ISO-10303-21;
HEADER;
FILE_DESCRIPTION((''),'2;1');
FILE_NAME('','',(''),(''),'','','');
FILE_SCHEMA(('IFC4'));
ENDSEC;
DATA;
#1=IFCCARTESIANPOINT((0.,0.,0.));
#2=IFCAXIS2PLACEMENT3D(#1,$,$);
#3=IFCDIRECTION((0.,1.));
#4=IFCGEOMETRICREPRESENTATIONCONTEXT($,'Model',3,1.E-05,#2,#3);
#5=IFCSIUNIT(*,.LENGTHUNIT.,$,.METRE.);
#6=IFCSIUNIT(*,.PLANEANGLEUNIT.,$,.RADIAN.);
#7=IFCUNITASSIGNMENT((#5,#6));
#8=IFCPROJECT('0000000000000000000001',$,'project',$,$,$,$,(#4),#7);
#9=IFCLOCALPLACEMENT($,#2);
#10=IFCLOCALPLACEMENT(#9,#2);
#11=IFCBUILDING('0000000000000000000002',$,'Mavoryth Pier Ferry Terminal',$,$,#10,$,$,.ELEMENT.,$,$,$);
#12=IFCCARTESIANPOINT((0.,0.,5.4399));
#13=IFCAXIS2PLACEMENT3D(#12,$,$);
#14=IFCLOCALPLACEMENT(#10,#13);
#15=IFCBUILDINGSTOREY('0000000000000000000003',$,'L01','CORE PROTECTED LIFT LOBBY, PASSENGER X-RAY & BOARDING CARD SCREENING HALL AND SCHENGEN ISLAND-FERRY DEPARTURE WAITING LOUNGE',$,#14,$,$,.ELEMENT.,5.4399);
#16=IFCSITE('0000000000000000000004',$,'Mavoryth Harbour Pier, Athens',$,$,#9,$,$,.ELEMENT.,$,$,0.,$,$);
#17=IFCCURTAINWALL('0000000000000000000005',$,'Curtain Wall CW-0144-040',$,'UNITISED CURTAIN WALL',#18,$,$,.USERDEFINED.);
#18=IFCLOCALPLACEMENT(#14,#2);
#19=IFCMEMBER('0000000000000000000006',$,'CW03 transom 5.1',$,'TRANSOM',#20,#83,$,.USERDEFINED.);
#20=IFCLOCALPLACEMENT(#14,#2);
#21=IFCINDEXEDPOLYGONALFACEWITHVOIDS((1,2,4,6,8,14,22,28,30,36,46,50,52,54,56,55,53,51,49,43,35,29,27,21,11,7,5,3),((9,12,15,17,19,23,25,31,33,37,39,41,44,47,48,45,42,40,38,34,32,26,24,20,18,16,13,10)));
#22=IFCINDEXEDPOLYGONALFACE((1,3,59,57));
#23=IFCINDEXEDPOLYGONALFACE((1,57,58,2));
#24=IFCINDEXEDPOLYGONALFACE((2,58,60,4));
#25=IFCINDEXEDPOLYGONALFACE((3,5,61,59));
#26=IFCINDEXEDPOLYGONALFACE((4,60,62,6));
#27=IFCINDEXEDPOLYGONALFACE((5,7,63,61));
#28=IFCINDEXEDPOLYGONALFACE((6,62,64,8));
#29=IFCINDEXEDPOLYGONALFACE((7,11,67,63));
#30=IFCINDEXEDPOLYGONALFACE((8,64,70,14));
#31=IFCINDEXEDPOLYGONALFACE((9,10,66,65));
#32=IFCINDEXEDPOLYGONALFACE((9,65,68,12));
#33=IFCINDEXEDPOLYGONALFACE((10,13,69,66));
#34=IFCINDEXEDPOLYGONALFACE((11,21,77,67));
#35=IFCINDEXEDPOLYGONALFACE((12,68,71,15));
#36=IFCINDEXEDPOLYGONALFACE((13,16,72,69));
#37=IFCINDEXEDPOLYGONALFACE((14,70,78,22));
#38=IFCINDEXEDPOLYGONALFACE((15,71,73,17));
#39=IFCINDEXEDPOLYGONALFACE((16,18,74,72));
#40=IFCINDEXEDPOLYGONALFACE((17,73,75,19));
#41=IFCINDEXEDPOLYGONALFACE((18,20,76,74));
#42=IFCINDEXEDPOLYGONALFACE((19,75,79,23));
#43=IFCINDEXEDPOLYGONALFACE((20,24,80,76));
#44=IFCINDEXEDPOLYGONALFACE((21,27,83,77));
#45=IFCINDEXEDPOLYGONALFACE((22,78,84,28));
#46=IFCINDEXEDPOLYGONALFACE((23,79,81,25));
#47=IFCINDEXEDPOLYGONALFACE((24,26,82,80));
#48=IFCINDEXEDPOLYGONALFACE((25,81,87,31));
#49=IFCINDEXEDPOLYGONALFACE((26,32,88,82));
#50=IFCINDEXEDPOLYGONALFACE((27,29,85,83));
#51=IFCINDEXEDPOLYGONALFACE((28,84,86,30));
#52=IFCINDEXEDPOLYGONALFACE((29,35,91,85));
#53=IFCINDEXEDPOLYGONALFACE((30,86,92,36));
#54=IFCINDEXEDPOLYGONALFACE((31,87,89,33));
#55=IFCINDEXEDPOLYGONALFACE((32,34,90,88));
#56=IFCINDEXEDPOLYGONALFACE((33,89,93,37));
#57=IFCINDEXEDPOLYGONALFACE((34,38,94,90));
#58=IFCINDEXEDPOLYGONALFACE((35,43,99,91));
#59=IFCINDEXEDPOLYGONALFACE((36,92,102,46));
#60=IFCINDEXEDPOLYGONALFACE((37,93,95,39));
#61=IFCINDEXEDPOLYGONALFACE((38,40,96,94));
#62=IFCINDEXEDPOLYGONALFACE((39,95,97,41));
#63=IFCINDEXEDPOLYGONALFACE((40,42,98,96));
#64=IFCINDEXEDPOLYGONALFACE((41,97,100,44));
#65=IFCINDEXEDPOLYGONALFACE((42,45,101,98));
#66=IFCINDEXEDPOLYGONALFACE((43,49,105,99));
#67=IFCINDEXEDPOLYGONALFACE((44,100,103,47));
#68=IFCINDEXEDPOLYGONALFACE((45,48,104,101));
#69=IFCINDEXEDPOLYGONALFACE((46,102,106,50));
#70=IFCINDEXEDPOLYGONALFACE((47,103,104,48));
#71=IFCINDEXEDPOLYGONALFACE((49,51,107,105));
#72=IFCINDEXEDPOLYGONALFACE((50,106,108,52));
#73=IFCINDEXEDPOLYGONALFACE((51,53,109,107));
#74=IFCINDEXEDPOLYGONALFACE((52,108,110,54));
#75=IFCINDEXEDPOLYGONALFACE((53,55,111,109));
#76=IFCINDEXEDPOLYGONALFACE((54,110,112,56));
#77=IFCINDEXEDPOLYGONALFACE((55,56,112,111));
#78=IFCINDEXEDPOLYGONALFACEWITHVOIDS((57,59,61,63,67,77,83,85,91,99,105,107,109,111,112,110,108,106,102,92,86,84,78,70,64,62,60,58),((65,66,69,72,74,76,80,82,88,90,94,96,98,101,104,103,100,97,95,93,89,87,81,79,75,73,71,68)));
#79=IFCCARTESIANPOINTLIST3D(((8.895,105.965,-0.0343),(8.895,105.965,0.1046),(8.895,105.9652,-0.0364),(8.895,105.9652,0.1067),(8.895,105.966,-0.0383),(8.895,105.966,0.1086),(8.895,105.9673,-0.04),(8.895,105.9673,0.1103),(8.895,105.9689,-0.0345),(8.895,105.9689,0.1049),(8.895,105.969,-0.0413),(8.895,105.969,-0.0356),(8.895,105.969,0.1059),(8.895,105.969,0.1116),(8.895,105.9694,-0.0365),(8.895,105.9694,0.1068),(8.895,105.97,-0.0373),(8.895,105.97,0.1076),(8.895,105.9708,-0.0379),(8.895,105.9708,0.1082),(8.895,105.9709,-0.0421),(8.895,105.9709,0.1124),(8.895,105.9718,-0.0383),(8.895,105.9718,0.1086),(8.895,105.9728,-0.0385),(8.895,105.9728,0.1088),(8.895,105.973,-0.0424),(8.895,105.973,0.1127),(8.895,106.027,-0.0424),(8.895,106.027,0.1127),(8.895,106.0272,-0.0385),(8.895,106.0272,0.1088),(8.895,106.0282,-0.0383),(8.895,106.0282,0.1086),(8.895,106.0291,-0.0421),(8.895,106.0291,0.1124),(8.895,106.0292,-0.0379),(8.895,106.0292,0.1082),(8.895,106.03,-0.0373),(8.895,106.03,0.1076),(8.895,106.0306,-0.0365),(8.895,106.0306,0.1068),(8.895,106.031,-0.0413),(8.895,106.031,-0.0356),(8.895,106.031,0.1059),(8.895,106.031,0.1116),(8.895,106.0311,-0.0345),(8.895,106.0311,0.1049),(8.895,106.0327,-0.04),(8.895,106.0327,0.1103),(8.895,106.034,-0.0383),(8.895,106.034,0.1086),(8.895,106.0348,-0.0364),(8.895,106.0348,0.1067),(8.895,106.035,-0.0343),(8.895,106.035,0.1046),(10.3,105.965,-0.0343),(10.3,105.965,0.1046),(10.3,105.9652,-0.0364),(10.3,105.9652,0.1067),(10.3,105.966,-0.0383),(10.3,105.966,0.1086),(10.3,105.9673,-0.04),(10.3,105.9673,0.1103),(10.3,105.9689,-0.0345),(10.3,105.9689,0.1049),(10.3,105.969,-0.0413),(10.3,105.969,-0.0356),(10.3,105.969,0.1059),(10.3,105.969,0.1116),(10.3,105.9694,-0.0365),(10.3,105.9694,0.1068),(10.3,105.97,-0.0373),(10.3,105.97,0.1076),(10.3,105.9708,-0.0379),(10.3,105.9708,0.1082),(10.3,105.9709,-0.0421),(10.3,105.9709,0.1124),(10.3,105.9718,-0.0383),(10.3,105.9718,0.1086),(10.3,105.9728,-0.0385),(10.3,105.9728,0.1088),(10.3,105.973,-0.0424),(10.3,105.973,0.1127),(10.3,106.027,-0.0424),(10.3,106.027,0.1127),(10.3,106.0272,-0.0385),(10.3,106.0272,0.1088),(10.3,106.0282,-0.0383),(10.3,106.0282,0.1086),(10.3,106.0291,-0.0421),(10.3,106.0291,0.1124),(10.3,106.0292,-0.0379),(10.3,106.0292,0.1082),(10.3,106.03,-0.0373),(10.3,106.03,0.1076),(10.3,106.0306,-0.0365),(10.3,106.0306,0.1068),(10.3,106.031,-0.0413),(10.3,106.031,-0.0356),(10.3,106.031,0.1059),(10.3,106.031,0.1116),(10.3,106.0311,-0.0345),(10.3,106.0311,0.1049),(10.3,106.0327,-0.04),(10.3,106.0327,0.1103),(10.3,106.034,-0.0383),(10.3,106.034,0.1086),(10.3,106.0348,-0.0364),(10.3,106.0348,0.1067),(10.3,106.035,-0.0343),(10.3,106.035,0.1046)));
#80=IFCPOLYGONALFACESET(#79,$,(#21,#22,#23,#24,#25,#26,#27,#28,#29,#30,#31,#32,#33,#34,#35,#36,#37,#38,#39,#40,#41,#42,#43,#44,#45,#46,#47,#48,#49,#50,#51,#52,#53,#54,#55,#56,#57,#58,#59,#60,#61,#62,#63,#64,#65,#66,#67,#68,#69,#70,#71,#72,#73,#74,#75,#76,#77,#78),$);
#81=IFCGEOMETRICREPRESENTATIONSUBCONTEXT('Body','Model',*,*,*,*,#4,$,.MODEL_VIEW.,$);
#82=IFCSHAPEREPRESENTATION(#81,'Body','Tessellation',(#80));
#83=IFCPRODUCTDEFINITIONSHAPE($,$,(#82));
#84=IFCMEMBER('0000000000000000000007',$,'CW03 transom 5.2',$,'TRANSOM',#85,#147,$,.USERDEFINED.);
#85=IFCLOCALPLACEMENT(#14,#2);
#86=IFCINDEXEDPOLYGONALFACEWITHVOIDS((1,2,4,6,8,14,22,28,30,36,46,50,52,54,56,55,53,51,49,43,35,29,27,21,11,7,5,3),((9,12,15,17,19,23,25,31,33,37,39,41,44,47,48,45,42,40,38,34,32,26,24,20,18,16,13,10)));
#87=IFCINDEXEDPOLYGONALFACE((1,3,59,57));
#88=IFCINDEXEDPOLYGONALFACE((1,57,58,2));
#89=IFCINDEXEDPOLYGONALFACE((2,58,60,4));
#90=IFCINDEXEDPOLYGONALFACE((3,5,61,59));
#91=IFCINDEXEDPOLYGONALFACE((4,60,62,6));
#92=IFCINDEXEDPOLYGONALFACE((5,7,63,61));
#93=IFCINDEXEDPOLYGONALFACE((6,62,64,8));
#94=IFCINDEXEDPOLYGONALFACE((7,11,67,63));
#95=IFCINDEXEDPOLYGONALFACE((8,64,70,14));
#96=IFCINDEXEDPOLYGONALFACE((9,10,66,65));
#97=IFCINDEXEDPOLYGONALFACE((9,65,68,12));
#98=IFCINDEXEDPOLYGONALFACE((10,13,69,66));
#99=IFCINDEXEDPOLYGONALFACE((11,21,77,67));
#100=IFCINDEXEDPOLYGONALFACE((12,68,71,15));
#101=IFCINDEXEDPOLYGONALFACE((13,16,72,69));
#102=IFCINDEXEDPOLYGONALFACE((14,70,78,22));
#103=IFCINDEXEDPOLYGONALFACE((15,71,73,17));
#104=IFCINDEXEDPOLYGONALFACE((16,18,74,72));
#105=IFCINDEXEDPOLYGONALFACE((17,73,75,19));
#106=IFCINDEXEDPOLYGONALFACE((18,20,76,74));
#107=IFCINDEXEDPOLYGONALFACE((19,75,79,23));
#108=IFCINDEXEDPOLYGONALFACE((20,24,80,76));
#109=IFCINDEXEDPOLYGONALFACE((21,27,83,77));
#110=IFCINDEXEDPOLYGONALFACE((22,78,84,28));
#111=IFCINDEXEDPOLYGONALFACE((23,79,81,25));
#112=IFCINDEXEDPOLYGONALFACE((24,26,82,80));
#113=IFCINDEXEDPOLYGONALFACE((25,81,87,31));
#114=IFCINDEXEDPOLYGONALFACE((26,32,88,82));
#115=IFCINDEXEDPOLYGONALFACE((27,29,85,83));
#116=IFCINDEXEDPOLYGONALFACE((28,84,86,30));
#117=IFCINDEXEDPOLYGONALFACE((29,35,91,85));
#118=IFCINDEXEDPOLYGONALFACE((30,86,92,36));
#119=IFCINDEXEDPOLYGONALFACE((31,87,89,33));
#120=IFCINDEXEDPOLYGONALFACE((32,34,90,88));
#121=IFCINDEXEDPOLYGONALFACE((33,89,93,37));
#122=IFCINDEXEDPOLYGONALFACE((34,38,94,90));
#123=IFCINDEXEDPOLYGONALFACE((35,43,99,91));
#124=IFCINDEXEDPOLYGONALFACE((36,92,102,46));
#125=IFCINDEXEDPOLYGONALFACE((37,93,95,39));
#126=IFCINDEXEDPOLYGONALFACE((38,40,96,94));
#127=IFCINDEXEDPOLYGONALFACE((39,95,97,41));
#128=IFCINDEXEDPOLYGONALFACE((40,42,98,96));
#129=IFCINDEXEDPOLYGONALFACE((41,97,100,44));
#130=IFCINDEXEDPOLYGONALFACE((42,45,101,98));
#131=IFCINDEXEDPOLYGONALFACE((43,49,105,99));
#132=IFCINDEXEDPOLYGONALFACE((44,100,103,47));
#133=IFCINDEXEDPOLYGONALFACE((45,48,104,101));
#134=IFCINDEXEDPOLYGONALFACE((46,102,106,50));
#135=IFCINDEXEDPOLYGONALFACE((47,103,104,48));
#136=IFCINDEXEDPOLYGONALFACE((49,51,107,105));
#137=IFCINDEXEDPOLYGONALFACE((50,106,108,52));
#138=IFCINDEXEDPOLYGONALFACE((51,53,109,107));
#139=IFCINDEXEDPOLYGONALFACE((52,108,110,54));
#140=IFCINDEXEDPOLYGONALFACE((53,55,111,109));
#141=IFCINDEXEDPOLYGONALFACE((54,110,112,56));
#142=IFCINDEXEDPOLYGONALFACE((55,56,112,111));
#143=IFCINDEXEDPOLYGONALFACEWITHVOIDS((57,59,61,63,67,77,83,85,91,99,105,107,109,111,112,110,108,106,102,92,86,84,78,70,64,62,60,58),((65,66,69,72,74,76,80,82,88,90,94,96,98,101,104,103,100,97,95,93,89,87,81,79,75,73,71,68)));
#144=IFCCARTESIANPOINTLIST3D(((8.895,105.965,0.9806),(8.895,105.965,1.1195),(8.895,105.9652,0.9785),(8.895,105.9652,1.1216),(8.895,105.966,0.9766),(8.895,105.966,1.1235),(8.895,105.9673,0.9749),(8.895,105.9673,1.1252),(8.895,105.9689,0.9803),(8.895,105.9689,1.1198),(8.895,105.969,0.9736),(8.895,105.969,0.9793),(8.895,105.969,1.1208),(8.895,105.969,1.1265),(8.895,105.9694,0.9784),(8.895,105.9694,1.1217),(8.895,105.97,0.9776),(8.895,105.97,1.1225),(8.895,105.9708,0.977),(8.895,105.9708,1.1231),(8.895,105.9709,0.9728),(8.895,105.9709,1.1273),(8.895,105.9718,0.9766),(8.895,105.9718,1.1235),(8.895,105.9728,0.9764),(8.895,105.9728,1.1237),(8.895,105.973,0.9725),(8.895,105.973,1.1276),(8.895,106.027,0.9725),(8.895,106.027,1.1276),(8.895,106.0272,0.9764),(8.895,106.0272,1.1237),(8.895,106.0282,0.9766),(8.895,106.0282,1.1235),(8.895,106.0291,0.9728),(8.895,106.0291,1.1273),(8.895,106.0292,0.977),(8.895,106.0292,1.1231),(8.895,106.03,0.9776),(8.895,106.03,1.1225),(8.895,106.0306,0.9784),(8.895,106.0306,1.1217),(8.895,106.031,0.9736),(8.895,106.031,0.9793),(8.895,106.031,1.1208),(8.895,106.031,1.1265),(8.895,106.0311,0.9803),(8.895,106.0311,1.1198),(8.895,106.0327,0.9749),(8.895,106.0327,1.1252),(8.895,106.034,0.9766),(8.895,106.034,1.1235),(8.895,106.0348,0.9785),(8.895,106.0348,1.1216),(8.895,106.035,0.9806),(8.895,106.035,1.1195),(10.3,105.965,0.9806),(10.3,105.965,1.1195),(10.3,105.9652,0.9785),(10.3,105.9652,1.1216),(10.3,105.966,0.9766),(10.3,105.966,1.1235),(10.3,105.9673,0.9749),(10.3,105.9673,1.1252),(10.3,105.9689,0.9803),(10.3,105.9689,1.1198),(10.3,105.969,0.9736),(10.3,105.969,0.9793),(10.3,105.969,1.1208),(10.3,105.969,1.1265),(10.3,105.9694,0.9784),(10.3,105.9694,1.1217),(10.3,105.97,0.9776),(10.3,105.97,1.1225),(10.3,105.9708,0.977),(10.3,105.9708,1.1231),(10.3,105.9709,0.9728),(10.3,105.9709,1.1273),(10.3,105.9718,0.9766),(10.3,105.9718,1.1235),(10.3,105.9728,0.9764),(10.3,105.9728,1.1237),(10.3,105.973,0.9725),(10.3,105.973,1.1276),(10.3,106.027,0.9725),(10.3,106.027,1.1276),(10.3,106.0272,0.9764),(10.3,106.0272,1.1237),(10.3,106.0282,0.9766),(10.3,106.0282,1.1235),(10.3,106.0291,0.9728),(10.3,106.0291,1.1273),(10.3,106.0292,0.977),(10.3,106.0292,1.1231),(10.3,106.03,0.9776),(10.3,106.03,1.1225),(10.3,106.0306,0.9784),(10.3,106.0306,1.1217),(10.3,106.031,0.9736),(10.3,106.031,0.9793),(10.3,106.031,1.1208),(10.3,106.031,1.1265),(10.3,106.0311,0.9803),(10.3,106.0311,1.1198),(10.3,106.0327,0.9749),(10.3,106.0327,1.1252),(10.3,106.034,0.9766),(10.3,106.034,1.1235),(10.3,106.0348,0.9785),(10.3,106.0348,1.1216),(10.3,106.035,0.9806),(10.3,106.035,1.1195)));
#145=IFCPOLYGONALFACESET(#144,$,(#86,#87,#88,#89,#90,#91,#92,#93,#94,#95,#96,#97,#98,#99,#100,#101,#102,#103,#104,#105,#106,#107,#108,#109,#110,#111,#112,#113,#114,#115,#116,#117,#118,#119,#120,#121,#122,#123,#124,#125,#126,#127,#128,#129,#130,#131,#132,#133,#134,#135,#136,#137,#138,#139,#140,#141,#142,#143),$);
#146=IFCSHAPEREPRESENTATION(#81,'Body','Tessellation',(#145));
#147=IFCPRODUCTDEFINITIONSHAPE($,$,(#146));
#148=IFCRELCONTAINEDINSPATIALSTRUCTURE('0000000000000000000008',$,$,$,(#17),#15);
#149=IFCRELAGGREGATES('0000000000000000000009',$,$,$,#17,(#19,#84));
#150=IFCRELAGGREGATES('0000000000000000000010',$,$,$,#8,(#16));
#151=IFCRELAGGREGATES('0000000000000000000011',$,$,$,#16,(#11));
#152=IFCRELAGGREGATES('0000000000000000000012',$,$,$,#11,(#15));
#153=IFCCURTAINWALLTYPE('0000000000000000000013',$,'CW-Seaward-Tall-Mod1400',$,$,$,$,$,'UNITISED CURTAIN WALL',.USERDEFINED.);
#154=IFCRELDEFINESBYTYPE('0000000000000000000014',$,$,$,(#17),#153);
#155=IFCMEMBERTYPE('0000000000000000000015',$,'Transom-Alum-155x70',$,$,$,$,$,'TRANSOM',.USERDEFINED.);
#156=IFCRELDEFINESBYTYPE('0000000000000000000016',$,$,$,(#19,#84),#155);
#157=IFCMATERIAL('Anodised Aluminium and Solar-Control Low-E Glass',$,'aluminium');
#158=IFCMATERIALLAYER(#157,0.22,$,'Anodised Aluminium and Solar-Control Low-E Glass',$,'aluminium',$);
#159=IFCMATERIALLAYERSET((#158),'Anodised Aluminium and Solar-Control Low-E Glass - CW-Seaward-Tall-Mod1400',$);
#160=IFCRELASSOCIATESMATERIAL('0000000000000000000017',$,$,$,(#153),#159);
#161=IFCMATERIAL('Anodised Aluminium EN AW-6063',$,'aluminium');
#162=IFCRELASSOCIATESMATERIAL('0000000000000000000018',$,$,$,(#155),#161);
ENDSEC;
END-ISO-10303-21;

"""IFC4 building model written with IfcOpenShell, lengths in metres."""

from ifc_helpers import new_model, si_unit, direction, frame, origin, origin_2d, place, context, subcontext, project, spatial, hollow_rectangle, extrude, material, layer, layer_set, material_profile, profile_set, type_object, element, aggregate, save


model = new_model("IFC4")

# Units and contexts
model_context = context("Model", 3, precision=1e-05, world=origin(), true_north=direction((0.0, 1.0)))
body_context = subcontext(model_context, "Body", "Model", "MODEL_VIEW")
ifc_project = project(units=[si_unit("LENGTHUNIT", "METRE"), si_unit("PLANEANGLEUNIT", "RADIAN")], contexts=[model_context])

# Site, building, storey
site_placement = place(None, origin())
site = spatial("IfcSite", under=ifc_project, at=site_placement, Name="Mavoryth Harbour Pier, Athens", CompositionType="ELEMENT", RefElevation=0.0)
building_placement = place(site_placement, origin())
building = spatial("IfcBuilding", under=site, at=building_placement, Name="Mavoryth Pier Ferry Terminal", CompositionType="ELEMENT")
storey_placement = place(building_placement, frame((0.0, 0.0, 5.4399)))
storey = spatial("IfcBuildingStorey", under=building, at=storey_placement, Name="L01", Description="CORE PROTECTED LIFT LOBBY, PASSENGER X-RAY & BOARDING CARD SCREENING HALL AND SCHENGEN ISLAND-FERRY DEPARTURE WAITING LOUNGE", CompositionType="ELEMENT", Elevation=5.4399)

# Curtain wall, members
ifc_material_1 = material(Name="Anodised Aluminium and Solar-Control Low-E Glass", Category="aluminium")
ifc_layer_1 = layer(ifc_material_1, 0.22, Name="Anodised Aluminium and Solar-Control Low-E Glass", Category="aluminium")
ifc_layer_set_1 = layer_set([ifc_layer_1], Name="Anodised Aluminium and Solar-Control Low-E Glass - CW-Seaward-Tall-Mod1400")
curtain_wall_type = type_object("IfcCurtainWallType", Name="CW-Seaward-Tall-Mod1400", ElementType="UNITISED CURTAIN WALL", PredefinedType="USERDEFINED", material=ifc_layer_set_1)
curtain_wall_placement = place(storey_placement, origin())
curtain_wall = element("IfcCurtainWall", 1, at=curtain_wall_placement, inside=storey, type_object=curtain_wall_type, Name="Curtain Wall CW-0144-040", ObjectType="UNITISED CURTAIN WALL", PredefinedType="USERDEFINED")
ifc_material_2 = material(Name="Anodised Aluminium EN AW-6063", Category="aluminium")
ifc_material_profile_1 = material_profile(ifc_material_2, hollow_rectangle(XDim=0.0701, YDim=0.155, WallThickness=0.0039, InnerFilletRadius=0.0039, OuterFilletRadius=0.0081, at=origin_2d()), Name="AL-TRAN 155x70x4", Category="aluminium")
ifc_profile_set_1 = profile_set([ifc_material_profile_1], Name="Anodised Aluminium EN AW-6063 - AL-TRAN 155x70x4")
member_type_1 = type_object("IfcMemberType", Name="Transom-Alum-155x70", ElementType="TRANSOM", PredefinedType="USERDEFINED", material=ifc_profile_set_1)
member_1_placement = place(storey_placement, frame((10.3, 106.0, 0.0352), z_axis=(-1.0, 0.0, 0.0), x_axis=(0.0, -1.0, 0.0)))
member_1 = element("IfcMember", 2, at=member_1_placement, type_object=member_type_1, Name="CW03 transom 5.1", ObjectType="TRANSOM", PredefinedType="USERDEFINED", context=body_context, shape_type="SweptSolid", body=[
    extrude(hollow_rectangle(XDim=0.0701, YDim=0.155, WallThickness=0.0039, InnerFilletRadius=0.0039, OuterFilletRadius=0.0081, at=origin_2d()), origin(), (0.0, 0.0, 1.0), 1.405),
])
member_2_placement = place(storey_placement, frame((10.3, 106.0, 1.05), z_axis=(-1.0, 0.0, 0.0), x_axis=(0.0, -1.0, 0.0)))
member_2 = element("IfcMember", 3, at=member_2_placement, type_object=member_type_1, Name="CW03 transom 5.2", ObjectType="TRANSOM", PredefinedType="USERDEFINED", context=body_context, shape_type="SweptSolid", body=[
    extrude(hollow_rectangle(XDim=0.0701, YDim=0.155, WallThickness=0.0039, InnerFilletRadius=0.0039, OuterFilletRadius=0.0081, at=origin_2d()), origin(), (0.0, 0.0, 1.0), 1.405),
])
aggregate(curtain_wall, [member_1, member_2])

save(model, "model.ifc")
